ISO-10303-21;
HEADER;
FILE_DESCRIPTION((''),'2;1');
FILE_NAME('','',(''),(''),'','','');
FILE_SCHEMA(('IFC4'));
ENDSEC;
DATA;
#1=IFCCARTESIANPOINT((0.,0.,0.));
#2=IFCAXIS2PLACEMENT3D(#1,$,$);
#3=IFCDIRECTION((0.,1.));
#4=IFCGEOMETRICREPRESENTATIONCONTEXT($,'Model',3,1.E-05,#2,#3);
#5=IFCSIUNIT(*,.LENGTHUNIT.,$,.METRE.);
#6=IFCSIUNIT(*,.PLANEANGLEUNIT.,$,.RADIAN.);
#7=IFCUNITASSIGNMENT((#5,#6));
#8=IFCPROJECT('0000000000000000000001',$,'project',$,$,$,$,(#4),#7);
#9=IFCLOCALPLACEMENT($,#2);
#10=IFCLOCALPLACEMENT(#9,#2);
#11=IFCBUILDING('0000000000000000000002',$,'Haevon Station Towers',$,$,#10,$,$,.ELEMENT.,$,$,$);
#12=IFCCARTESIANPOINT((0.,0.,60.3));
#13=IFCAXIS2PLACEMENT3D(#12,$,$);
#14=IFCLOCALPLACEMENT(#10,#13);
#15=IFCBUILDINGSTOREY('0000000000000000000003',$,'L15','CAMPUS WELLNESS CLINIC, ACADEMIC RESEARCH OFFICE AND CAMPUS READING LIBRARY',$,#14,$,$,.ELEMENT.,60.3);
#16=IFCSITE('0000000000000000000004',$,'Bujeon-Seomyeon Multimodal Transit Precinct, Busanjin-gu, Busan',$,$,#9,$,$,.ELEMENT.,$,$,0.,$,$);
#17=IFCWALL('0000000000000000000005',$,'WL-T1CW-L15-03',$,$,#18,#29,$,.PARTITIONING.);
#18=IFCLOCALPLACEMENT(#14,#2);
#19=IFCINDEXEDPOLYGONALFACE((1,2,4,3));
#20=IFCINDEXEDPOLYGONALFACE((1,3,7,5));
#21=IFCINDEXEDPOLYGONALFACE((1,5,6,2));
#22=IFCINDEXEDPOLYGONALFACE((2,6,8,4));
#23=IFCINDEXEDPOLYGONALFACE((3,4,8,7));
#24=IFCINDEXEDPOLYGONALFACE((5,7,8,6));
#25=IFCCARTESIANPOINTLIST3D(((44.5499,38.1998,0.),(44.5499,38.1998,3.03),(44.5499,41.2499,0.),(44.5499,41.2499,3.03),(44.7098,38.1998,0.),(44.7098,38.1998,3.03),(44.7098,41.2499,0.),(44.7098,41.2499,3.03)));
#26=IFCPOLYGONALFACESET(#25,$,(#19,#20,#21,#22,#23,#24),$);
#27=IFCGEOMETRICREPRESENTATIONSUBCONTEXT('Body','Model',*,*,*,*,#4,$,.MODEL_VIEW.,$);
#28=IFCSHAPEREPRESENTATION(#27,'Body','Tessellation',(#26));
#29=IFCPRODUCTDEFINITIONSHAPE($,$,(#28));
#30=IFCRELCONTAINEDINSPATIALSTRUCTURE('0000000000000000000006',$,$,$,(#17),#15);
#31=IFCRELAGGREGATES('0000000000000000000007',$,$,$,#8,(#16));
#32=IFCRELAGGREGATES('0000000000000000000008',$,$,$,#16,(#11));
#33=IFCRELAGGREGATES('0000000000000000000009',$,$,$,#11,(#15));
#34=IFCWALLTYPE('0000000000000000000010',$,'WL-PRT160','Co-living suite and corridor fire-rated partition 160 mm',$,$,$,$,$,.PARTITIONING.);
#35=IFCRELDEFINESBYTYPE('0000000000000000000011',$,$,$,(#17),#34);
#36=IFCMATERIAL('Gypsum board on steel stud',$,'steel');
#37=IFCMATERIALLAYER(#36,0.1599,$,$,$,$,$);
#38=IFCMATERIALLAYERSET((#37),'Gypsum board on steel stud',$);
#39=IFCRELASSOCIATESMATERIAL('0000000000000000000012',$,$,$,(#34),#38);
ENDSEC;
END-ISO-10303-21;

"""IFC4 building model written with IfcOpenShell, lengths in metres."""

from ifc_helpers import new_model, si_unit, direction, frame, frame_2d, origin, place, context, subcontext, project, spatial, rectangle, extrude, material, layer, layer_set, type_object, element, save


model = new_model("IFC4")

# Units and contexts
model_context = context("Model", 3, precision=1e-05, world=origin(), true_north=direction((0.0, 1.0)))
body_context = subcontext(model_context, "Body", "Model", "MODEL_VIEW")
ifc_project = project(units=[si_unit("LENGTHUNIT", "METRE"), si_unit("PLANEANGLEUNIT", "RADIAN")], contexts=[model_context])

# Site, building, storey
site_placement = place(None, origin())
site = spatial("IfcSite", under=ifc_project, at=site_placement, Name="Bujeon-Seomyeon Multimodal Transit Precinct, Busanjin-gu, Busan", CompositionType="ELEMENT", RefElevation=0.0)
building_placement = place(site_placement, origin())
building = spatial("IfcBuilding", under=site, at=building_placement, Name="Haevon Station Towers", CompositionType="ELEMENT")
storey_placement = place(building_placement, frame((0.0, 0.0, 60.3)))
storey = spatial("IfcBuildingStorey", under=building, at=storey_placement, Name="L15", Description="CAMPUS WELLNESS CLINIC, ACADEMIC RESEARCH OFFICE AND CAMPUS READING LIBRARY", CompositionType="ELEMENT", Elevation=60.3)

# Shared definitions
ifc_material_1 = material(Name="Gypsum board on steel stud", Category="steel")

# Wall
ifc_layer_1 = layer(ifc_material_1, 0.1599)
ifc_layer_set_1 = layer_set([ifc_layer_1], Name="Gypsum board on steel stud")
wall_type_1 = type_object("IfcWallType", Name="WL-PRT160", Description="Co-living suite and corridor fire-rated partition 160 mm", PredefinedType="PARTITIONING", material=ifc_layer_set_1)
for number, where, z_axis, x_axis, name in (
    (1, (44.6299, 38.2, 0.0), (0.0, 0.0, 1.0), (0.0, 1.0, 0.0), "WL-T1CW-L15-03"),
):
    element("IfcWall", number, at=place(storey_placement, frame(where, z_axis=z_axis, x_axis=x_axis)), inside=storey, type_object=wall_type_1, Name=name, PredefinedType="PARTITIONING", context=body_context, shape_type="SweptSolid", body=[
        extrude(rectangle(XDim=3.05, YDim=0.1599, at=frame_2d((1.5249, 0.0))), origin(), (0.0, 0.0, 1.0), 3.03),
    ])

save(model, "model.ifc")
